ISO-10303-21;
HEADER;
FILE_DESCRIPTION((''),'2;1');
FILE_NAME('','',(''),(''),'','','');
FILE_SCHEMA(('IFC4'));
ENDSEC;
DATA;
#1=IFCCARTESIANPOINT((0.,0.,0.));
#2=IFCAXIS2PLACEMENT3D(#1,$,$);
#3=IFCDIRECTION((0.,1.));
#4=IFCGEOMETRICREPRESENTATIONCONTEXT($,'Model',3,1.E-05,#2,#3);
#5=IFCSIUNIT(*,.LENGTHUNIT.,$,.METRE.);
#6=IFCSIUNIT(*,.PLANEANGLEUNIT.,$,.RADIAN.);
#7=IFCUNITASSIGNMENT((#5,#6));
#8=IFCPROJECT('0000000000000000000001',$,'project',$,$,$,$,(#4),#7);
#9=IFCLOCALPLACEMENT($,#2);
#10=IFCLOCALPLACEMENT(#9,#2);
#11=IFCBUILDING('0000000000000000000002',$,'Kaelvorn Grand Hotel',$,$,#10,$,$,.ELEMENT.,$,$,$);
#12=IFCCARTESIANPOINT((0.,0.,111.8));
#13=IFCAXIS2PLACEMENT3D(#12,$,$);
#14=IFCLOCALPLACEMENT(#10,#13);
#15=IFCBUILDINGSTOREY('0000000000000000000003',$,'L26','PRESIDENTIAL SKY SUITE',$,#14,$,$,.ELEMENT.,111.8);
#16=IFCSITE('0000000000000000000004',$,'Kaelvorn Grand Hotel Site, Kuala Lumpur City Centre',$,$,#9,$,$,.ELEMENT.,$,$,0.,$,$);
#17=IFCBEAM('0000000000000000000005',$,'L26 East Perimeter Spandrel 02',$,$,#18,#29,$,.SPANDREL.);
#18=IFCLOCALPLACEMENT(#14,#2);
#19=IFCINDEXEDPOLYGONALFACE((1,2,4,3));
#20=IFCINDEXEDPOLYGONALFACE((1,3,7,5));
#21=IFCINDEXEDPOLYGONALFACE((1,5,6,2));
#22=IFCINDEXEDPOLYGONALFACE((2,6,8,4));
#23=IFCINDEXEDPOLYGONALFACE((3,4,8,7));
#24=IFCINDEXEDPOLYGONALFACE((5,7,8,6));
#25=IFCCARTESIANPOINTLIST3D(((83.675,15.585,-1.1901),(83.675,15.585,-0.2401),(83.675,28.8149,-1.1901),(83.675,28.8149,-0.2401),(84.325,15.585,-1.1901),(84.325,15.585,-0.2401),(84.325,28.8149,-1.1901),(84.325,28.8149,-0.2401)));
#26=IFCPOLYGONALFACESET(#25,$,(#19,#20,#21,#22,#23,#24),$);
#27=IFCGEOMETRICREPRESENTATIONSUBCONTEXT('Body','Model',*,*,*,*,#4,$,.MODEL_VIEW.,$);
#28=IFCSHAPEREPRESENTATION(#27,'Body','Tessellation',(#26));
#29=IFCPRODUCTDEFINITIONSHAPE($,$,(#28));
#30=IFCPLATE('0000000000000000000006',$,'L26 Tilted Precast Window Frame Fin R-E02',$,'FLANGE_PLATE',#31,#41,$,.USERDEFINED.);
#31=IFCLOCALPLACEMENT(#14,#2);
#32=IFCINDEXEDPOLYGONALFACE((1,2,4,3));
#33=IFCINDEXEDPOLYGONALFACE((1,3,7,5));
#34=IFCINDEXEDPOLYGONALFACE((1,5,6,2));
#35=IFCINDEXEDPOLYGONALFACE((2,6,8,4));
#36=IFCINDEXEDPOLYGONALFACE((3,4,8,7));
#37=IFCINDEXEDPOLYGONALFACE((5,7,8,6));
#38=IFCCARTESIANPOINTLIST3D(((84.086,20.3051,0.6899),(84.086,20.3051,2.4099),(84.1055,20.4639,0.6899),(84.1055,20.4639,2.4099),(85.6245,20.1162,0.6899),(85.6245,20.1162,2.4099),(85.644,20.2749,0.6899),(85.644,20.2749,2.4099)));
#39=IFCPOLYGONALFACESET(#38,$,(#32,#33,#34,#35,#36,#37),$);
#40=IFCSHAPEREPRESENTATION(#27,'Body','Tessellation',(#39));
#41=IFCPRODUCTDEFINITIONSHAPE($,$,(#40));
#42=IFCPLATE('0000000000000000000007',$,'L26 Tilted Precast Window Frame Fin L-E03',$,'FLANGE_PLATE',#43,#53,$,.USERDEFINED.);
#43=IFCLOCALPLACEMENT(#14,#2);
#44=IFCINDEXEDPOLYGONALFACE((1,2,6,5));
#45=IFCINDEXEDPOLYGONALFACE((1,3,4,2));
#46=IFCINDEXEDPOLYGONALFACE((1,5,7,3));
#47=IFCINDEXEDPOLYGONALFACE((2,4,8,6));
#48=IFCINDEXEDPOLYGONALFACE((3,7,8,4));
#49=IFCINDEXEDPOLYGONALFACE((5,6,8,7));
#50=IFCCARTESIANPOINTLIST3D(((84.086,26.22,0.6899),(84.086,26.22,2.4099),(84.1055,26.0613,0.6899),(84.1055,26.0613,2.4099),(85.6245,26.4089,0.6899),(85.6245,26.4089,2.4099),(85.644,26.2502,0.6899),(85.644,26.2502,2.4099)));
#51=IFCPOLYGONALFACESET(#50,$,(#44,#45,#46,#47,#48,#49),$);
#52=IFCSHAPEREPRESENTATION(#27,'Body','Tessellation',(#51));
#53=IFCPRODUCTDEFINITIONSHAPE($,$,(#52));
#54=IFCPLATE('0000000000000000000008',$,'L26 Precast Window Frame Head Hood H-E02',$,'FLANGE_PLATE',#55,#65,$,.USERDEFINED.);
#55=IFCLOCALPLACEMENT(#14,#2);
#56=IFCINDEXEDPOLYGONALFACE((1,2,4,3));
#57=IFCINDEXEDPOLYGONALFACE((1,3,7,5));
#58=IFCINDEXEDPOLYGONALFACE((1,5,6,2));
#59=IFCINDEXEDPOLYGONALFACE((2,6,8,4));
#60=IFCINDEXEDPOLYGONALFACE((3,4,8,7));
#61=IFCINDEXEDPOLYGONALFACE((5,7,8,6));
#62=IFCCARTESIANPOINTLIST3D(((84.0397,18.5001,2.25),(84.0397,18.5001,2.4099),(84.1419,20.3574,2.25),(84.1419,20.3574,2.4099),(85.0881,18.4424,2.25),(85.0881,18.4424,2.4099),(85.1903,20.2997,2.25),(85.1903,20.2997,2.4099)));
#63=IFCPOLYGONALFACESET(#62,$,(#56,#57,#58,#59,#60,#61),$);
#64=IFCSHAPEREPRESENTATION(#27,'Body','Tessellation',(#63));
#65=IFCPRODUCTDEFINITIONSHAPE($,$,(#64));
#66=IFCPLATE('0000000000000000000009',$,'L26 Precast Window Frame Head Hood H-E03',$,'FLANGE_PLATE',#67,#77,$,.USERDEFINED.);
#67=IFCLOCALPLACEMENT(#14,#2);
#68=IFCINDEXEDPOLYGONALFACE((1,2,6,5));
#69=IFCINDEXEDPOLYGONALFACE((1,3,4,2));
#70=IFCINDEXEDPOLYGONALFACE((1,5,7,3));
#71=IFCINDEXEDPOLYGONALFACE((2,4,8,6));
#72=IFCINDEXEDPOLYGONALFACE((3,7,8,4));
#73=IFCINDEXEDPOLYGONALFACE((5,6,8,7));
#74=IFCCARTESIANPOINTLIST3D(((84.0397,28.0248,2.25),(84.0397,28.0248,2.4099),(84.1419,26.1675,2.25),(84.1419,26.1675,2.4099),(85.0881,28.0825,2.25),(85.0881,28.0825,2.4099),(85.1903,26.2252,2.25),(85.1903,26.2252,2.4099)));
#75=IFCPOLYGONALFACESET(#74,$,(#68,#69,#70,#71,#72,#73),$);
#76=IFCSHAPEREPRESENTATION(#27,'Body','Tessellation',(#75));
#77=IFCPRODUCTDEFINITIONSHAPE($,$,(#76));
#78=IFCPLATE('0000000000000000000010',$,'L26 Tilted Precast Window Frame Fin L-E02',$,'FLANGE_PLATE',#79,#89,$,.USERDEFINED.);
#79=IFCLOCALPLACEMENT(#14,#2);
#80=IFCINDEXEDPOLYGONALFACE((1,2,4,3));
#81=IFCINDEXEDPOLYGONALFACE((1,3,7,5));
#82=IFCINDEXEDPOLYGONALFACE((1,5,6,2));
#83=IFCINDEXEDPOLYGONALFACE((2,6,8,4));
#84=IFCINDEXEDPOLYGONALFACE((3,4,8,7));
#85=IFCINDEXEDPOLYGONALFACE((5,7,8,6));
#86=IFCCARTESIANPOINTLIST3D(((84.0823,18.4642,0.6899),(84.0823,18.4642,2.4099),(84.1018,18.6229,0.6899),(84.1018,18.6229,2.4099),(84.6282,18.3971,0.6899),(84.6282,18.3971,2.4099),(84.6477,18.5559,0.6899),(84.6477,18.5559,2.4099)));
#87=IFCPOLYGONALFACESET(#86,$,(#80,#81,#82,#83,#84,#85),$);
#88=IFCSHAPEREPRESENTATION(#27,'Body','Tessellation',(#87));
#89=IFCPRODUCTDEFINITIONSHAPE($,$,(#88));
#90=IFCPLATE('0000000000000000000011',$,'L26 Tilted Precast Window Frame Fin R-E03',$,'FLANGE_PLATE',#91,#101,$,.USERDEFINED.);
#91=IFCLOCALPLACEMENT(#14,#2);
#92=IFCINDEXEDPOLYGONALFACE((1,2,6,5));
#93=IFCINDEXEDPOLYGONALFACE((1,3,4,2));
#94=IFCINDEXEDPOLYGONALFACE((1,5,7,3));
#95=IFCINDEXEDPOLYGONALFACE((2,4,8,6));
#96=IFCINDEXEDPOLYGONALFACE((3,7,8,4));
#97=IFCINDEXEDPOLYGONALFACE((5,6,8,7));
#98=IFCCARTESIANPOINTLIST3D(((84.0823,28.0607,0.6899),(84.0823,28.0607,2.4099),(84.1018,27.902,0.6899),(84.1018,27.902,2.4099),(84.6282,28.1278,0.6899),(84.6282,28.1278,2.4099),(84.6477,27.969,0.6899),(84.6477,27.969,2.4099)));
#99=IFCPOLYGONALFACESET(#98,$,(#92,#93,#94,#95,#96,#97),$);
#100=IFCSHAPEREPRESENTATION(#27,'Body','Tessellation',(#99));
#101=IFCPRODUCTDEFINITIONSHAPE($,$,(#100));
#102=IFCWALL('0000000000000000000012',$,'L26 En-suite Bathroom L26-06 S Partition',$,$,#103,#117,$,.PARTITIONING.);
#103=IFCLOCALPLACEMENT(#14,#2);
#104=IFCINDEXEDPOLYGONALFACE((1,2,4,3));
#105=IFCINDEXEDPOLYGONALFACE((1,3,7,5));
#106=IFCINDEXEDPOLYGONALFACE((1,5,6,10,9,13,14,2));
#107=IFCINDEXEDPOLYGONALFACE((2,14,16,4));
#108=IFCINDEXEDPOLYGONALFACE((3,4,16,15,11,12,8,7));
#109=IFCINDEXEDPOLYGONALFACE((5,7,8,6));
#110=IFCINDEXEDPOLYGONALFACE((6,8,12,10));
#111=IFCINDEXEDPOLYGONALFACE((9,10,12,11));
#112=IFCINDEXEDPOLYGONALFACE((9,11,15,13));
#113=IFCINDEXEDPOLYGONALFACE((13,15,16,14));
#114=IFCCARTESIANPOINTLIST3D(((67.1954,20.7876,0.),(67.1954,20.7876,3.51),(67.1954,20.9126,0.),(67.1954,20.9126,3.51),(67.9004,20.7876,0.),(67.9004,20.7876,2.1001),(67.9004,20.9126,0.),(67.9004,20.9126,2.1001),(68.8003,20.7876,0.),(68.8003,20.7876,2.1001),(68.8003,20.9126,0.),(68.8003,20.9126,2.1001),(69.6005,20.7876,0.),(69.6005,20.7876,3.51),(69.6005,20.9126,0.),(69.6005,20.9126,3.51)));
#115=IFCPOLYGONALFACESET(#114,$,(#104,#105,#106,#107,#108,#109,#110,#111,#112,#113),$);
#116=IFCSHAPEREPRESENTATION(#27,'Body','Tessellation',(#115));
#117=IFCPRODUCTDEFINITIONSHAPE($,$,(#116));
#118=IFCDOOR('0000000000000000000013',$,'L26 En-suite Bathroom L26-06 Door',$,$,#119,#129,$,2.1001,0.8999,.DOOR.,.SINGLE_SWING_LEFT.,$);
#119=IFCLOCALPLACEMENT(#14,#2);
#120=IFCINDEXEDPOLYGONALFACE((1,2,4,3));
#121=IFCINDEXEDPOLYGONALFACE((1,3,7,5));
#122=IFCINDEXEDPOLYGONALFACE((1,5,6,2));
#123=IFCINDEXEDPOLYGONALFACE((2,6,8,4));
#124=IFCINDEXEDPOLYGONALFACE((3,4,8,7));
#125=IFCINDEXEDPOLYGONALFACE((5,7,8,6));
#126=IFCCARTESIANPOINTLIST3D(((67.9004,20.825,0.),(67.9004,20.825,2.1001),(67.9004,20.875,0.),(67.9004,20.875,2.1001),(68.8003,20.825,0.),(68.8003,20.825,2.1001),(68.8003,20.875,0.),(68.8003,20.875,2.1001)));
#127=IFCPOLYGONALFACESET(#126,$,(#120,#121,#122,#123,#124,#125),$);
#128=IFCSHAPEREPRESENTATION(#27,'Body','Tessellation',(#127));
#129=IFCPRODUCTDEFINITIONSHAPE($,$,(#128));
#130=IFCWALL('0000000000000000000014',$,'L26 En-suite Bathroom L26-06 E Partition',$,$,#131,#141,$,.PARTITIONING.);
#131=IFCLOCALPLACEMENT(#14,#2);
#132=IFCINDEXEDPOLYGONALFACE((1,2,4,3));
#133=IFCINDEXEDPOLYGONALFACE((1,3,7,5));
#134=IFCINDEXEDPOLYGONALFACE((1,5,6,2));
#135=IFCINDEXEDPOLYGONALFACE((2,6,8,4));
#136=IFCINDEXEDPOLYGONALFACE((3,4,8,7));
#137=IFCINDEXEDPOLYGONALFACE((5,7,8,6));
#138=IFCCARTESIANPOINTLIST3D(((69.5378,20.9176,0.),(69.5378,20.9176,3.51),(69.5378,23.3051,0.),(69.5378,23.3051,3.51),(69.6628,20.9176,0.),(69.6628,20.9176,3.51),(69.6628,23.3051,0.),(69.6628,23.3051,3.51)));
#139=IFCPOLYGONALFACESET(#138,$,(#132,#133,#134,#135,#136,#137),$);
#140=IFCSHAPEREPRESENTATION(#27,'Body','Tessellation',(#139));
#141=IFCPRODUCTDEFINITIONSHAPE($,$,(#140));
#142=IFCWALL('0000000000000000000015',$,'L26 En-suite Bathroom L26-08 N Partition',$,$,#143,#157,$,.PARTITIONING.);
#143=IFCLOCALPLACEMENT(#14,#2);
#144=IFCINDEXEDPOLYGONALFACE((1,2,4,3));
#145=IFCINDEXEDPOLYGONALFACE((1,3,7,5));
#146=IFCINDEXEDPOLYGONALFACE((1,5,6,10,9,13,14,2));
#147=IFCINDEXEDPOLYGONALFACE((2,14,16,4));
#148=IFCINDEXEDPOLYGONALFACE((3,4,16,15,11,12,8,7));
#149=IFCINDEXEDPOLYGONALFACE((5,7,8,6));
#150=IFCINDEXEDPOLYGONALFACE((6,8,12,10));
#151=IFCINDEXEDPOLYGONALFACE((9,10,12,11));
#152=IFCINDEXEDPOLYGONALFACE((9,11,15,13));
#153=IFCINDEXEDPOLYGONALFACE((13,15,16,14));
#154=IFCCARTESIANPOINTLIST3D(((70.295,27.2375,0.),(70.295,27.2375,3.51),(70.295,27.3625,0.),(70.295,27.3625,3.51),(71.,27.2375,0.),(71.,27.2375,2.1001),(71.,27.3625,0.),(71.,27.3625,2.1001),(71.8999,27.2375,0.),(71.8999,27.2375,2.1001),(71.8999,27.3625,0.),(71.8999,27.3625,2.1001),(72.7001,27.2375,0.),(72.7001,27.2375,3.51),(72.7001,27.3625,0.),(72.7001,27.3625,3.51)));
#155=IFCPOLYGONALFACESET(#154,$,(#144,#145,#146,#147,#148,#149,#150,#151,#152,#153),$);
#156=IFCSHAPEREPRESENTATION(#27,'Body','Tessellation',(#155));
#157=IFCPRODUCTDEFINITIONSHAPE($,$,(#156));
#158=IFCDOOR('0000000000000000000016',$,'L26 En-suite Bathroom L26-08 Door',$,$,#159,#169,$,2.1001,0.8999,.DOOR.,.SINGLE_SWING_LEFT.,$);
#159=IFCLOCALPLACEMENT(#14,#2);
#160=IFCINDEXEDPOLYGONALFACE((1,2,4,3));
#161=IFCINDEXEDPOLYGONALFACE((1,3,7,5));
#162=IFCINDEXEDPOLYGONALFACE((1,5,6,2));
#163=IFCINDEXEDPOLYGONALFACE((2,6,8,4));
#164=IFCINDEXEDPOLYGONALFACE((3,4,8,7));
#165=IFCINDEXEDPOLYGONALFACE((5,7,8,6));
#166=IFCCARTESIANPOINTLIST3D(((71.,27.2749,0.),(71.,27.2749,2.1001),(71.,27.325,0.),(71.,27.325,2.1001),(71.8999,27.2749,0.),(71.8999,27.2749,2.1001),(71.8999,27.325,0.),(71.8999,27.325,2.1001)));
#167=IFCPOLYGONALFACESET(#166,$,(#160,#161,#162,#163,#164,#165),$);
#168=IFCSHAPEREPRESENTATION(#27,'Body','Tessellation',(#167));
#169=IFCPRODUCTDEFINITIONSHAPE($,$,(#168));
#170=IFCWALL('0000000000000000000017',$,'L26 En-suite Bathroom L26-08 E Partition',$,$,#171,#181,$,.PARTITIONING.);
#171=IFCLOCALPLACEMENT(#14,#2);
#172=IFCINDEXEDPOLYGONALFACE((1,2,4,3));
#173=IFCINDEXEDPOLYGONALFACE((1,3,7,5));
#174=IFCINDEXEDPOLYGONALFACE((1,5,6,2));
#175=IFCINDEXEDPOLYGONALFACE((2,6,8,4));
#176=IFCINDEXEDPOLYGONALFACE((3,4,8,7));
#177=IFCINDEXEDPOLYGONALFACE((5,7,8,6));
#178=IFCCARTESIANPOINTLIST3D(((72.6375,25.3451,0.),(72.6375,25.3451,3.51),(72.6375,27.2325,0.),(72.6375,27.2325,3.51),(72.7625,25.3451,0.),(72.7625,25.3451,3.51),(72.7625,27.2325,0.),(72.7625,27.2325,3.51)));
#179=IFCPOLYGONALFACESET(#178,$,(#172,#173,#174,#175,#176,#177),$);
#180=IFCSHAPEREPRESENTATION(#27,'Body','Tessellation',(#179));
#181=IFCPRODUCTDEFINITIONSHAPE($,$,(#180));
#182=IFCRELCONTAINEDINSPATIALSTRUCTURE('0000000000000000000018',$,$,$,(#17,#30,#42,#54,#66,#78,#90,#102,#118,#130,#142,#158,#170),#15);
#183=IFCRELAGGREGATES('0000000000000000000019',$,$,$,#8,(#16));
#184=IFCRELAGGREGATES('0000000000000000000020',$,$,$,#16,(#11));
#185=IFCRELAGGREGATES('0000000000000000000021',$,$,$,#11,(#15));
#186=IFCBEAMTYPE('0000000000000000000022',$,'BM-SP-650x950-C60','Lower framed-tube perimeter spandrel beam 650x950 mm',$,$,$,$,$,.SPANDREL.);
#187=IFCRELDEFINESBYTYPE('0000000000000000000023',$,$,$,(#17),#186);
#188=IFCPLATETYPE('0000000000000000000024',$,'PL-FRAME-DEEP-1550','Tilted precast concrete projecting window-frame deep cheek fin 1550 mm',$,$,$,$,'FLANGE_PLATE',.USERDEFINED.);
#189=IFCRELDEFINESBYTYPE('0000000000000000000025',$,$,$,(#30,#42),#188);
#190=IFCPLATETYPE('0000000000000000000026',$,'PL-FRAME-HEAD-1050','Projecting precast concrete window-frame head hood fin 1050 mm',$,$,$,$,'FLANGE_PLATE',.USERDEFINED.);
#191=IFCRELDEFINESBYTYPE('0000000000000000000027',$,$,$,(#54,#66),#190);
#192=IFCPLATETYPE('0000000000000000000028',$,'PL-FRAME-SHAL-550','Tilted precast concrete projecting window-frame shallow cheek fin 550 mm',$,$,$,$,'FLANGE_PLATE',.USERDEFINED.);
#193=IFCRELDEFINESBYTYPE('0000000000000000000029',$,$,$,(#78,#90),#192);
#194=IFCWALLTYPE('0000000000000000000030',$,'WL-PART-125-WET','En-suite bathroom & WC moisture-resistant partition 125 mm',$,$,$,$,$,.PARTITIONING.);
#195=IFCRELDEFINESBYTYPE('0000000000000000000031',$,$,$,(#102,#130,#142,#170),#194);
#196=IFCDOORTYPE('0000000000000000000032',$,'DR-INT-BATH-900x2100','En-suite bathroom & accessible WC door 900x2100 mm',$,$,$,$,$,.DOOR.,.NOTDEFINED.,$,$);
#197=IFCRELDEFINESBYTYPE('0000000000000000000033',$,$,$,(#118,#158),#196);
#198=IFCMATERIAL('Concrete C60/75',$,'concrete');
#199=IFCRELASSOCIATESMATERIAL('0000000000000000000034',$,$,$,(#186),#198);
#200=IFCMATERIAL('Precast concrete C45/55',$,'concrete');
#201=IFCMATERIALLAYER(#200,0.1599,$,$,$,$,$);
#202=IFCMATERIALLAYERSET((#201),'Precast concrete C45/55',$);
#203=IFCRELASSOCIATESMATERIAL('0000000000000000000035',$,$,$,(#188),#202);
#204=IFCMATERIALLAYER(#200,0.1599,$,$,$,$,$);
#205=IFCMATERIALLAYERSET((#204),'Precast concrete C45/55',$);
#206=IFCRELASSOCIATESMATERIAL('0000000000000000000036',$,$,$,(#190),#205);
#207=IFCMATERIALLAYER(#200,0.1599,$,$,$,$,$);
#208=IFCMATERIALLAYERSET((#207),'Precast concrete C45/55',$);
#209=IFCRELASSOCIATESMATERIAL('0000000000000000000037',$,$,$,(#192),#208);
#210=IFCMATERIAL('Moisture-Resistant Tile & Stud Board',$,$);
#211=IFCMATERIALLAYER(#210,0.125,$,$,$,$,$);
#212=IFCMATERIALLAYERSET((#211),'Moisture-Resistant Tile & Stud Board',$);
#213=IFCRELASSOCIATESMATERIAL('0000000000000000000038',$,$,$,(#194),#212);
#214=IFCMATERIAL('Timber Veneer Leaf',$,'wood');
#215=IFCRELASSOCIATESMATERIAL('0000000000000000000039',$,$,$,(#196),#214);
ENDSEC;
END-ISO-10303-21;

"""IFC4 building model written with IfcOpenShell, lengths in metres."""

from ifc_helpers import new_model, si_unit, direction, frame, frame_2d, origin, origin_2d, place, context, subcontext, project, spatial, rectangle, extrude, material, layer, layer_set, material_profile, profile_set, type_object, element, fill, save


model = new_model("IFC4")

# Units and contexts
model_context = context("Model", 3, precision=1e-05, world=origin(), true_north=direction((0.0, 1.0)))
body_context = subcontext(model_context, "Body", "Model", "MODEL_VIEW")
ifc_project = project(units=[si_unit("LENGTHUNIT", "METRE"), si_unit("PLANEANGLEUNIT", "RADIAN")], contexts=[model_context])

# Site, building, storey
site_placement = place(None, origin())
site = spatial("IfcSite", under=ifc_project, at=site_placement, Name="Kaelvorn Grand Hotel Site, Kuala Lumpur City Centre", CompositionType="ELEMENT", RefElevation=0.0)
building_placement = place(site_placement, origin())
building = spatial("IfcBuilding", under=site, at=building_placement, Name="Kaelvorn Grand Hotel", CompositionType="ELEMENT")
storey_placement = place(building_placement, frame((0.0, 0.0, 111.8)))
storey = spatial("IfcBuildingStorey", under=building, at=storey_placement, Name="L26", Description="PRESIDENTIAL SKY SUITE", CompositionType="ELEMENT", Elevation=111.8)

# Shared definitions
ifc_material_1 = material(Name="Concrete C60/75", Category="concrete")

# Beam
ifc_material_profile_1 = material_profile(ifc_material_1, rectangle(XDim=0.6499, YDim=0.95, at=origin_2d()), Name="RC SPANDREL 650x950")
ifc_profile_set_1 = profile_set([ifc_material_profile_1], Name="Concrete C60/75")
beam_type_1 = type_object("IfcBeamType", Name="BM-SP-650x950-C60", Description="Lower framed-tube perimeter spandrel beam 650x950 mm", PredefinedType="SPANDREL", material=ifc_profile_set_1)
beam_1_placement = place(storey_placement, frame((84.0, 15.585, -0.7151), z_axis=(0.0, 1.0, 0.0), x_axis=(-1.0, 0.0, 0.0)))
element("IfcBeam", 1, at=beam_1_placement, inside=storey, type_object=beam_type_1, Name="L26 East Perimeter Spandrel 02", PredefinedType="SPANDREL", context=body_context, shape_type="SweptSolid", body=[
    extrude(rectangle(XDim=0.6499, YDim=0.95, at=origin_2d()), origin(), (0.0, 0.0, 1.0), 13.23),
])

# Plates
ifc_material_2 = material(Name="Precast concrete C45/55", Category="concrete")
ifc_layer_1 = layer(ifc_material_2, 0.1599)
ifc_layer_set_1 = layer_set([ifc_layer_1], Name="Precast concrete C45/55")
plate_type_1 = type_object("IfcPlateType", Name="PL-FRAME-DEEP-1550", Description="Tilted precast concrete projecting window-frame deep cheek fin 1550 mm", ElementType="FLANGE_PLATE", PredefinedType="USERDEFINED", material=ifc_layer_set_1)
for number, where, z_axis, x_axis, name in (
    (2, (84.865, 20.29, 0.6899), (0.0, 0.0, 1.0), (0.121869, 0.992546, 0.0), "L26 Tilted Precast Window Frame Fin R-E02"),
    (3, (84.865, 26.2351, 0.6899), (0.0, 0.0, 1.0), (-0.121869, 0.992546, 0.0), "L26 Tilted Precast Window Frame Fin L-E03"),
):
    element("IfcPlate", number, at=place(storey_placement, frame(where, z_axis=z_axis, x_axis=x_axis)), inside=storey, type_object=plate_type_1, Name=name, ObjectType="FLANGE_PLATE", PredefinedType="USERDEFINED", context=body_context, shape_type="SweptSolid", body=[
        extrude(rectangle(XDim=0.1599, YDim=1.55, at=origin_2d()), origin(), (0.0, 0.0, 1.0), 1.72),
    ])
ifc_layer_2 = layer(ifc_material_2, 0.1599)
ifc_layer_set_2 = layer_set([ifc_layer_2], Name="Precast concrete C45/55")
plate_type_2 = type_object("IfcPlateType", Name="PL-FRAME-HEAD-1050", Description="Projecting precast concrete window-frame head hood fin 1050 mm", ElementType="FLANGE_PLATE", PredefinedType="USERDEFINED", material=ifc_layer_set_2)
for number, where, z_axis, x_axis, name in (
    (4, (84.615, 19.3999, 2.25), (0.0, 0.0, 1.0), (0.05495, 0.998489, 0.0), "L26 Precast Window Frame Head Hood H-E02"),
    (5, (84.615, 27.125, 2.25), (0.0, 0.0, 1.0), (-0.05495, 0.998489, 0.0), "L26 Precast Window Frame Head Hood H-E03"),
):
    element("IfcPlate", number, at=place(storey_placement, frame(where, z_axis=z_axis, x_axis=x_axis)), inside=storey, type_object=plate_type_2, Name=name, ObjectType="FLANGE_PLATE", PredefinedType="USERDEFINED", context=body_context, shape_type="SweptSolid", body=[
        extrude(rectangle(XDim=1.8601, YDim=1.05, at=origin_2d()), origin(), (0.0, 0.0, 1.0), 0.1599),
    ])
ifc_layer_3 = layer(ifc_material_2, 0.1599)
ifc_layer_set_3 = layer_set([ifc_layer_3], Name="Precast concrete C45/55")
plate_type_3 = type_object("IfcPlateType", Name="PL-FRAME-SHAL-550", Description="Tilted precast concrete projecting window-frame shallow cheek fin 550 mm", ElementType="FLANGE_PLATE", PredefinedType="USERDEFINED", material=ifc_layer_set_3)
for number, where, z_axis, x_axis, name in (
    (6, (84.365, 18.51, 0.6899), (0.0, 0.0, 1.0), (0.121869, 0.992546, 0.0), "L26 Tilted Precast Window Frame Fin L-E02"),
    (7, (84.365, 28.0149, 0.6899), (0.0, 0.0, 1.0), (-0.121869, 0.992546, 0.0), "L26 Tilted Precast Window Frame Fin R-E03"),
):
    element("IfcPlate", number, at=place(storey_placement, frame(where, z_axis=z_axis, x_axis=x_axis)), inside=storey, type_object=plate_type_3, Name=name, ObjectType="FLANGE_PLATE", PredefinedType="USERDEFINED", context=body_context, shape_type="SweptSolid", body=[
        extrude(rectangle(XDim=0.1599, YDim=0.55, at=origin_2d()), origin(), (0.0, 0.0, 1.0), 1.72),
    ])

# Wall, opening, door
ifc_material_3 = material(Name="Moisture-Resistant Tile & Stud Board")
ifc_layer_4 = layer(ifc_material_3, 0.125)
ifc_layer_set_4 = layer_set([ifc_layer_4], Name="Moisture-Resistant Tile & Stud Board")
wall_type_1 = type_object("IfcWallType", Name="WL-PART-125-WET", Description="En-suite bathroom & WC moisture-resistant partition 125 mm", PredefinedType="PARTITIONING", material=ifc_layer_set_4)
wall_1_placement = place(storey_placement, frame((67.1953, 20.8501, 0.0), z_axis=(0.0, 0.0, 1.0), x_axis=(1.0, 0.0, 0.0)))
wall_1 = element("IfcWall", 8, at=wall_1_placement, inside=storey, type_object=wall_type_1, Name="L26 En-suite Bathroom L26-06 S Partition", PredefinedType="PARTITIONING", context=body_context, shape_type="SweptSolid", body=[
    extrude(rectangle(XDim=2.405, YDim=0.125, at=frame_2d((1.2026, 0.0))), origin(), (0.0, 0.0, 1.0), 3.51),
])
opening_1_placement = place(wall_1_placement, frame((0.7051, 0.0, 0.0)))
opening_1 = element("IfcOpeningElement", 9, at=opening_1_placement, cuts=wall_1, PredefinedType="OPENING", context=body_context, shape_type="SweptSolid", body=[
    extrude(rectangle(XDim=0.8999, YDim=2.1001, at=frame_2d((0.45, 1.05))), frame((0.0, 0.0725, 0.0), z_axis=(0.0, -1.0, 0.0), x_axis=(1.0, 0.0, 0.0)), (0.0, 0.0, 1.0), 0.145),
])
ifc_material_4 = material(Name="Timber Veneer Leaf", Category="wood")
door_type_1 = type_object("IfcDoorType", Name="DR-INT-BATH-900x2100", Description="En-suite bathroom & accessible WC door 900x2100 mm", OperationType="NOTDEFINED", PredefinedType="DOOR", material=ifc_material_4)
door_1_placement = place(opening_1_placement, origin())
door_1 = element("IfcDoor", 10, at=door_1_placement, inside=storey, type_object=door_type_1, Name="L26 En-suite Bathroom L26-06 Door", OperationType="SINGLE_SWING_LEFT", OverallHeight=2.1001, OverallWidth=0.8999, PredefinedType="DOOR", context=body_context, shape_type="SweptSolid", body=[
    extrude(rectangle(XDim=0.8999, YDim=2.1001, at=frame_2d((0.45, 1.05))), frame((0.0, 0.0249, 0.0), z_axis=(0.0, -1.0, 0.0), x_axis=(1.0, 0.0, 0.0)), (0.0, 0.0, 1.0), 0.05),
])
fill(opening_1, door_1)

# Wall
wall_2_placement = place(storey_placement, frame((69.6003, 20.9175, 0.0), z_axis=(0.0, 0.0, 1.0), x_axis=(0.0, 1.0, 0.0)))
element("IfcWall", 11, at=wall_2_placement, inside=storey, type_object=wall_type_1, Name="L26 En-suite Bathroom L26-06 E Partition", PredefinedType="PARTITIONING", context=body_context, shape_type="SweptSolid", body=[
    extrude(rectangle(XDim=2.3875, YDim=0.125, at=frame_2d((1.1938, 0.0))), origin(), (0.0, 0.0, 1.0), 3.51),
])

# Wall, opening, door
wall_3_placement = place(storey_placement, frame((70.2949, 27.3, 0.0), z_axis=(0.0, 0.0, 1.0), x_axis=(1.0, 0.0, 0.0)))
wall_3 = element("IfcWall", 12, at=wall_3_placement, inside=storey, type_object=wall_type_1, Name="L26 En-suite Bathroom L26-08 N Partition", PredefinedType="PARTITIONING", context=body_context, shape_type="SweptSolid", body=[
    extrude(rectangle(XDim=2.405, YDim=0.125, at=frame_2d((1.2026, 0.0))), origin(), (0.0, 0.0, 1.0), 3.51),
])
opening_2_placement = place(wall_3_placement, frame((0.7051, 0.0, 0.0)))
opening_2 = element("IfcOpeningElement", 13, at=opening_2_placement, cuts=wall_3, PredefinedType="OPENING", context=body_context, shape_type="SweptSolid", body=[
    extrude(rectangle(XDim=0.8999, YDim=2.1001, at=frame_2d((0.45, 1.05))), frame((0.0, 0.0725, 0.0), z_axis=(0.0, -1.0, 0.0), x_axis=(1.0, 0.0, 0.0)), (0.0, 0.0, 1.0), 0.145),
])
door_2_placement = place(opening_2_placement, origin())
door_2 = element("IfcDoor", 14, at=door_2_placement, inside=storey, type_object=door_type_1, Name="L26 En-suite Bathroom L26-08 Door", OperationType="SINGLE_SWING_LEFT", OverallHeight=2.1001, OverallWidth=0.8999, PredefinedType="DOOR", context=body_context, shape_type="SweptSolid", body=[
    extrude(rectangle(XDim=0.8999, YDim=2.1001, at=frame_2d((0.45, 1.05))), frame((0.0, 0.0249, 0.0), z_axis=(0.0, -1.0, 0.0), x_axis=(1.0, 0.0, 0.0)), (0.0, 0.0, 1.0), 0.05),
])
fill(opening_2, door_2)

# Wall
wall_4_placement = place(storey_placement, frame((72.7, 25.345, 0.0), z_axis=(0.0, 0.0, 1.0), x_axis=(0.0, 1.0, 0.0)))
element("IfcWall", 15, at=wall_4_placement, inside=storey, type_object=wall_type_1, Name="L26 En-suite Bathroom L26-08 E Partition", PredefinedType="PARTITIONING", context=body_context, shape_type="SweptSolid", body=[
    extrude(rectangle(XDim=1.8875, YDim=0.125, at=frame_2d((0.9438, 0.0))), origin(), (0.0, 0.0, 1.0), 3.51),
])

save(model, "model.ifc")
